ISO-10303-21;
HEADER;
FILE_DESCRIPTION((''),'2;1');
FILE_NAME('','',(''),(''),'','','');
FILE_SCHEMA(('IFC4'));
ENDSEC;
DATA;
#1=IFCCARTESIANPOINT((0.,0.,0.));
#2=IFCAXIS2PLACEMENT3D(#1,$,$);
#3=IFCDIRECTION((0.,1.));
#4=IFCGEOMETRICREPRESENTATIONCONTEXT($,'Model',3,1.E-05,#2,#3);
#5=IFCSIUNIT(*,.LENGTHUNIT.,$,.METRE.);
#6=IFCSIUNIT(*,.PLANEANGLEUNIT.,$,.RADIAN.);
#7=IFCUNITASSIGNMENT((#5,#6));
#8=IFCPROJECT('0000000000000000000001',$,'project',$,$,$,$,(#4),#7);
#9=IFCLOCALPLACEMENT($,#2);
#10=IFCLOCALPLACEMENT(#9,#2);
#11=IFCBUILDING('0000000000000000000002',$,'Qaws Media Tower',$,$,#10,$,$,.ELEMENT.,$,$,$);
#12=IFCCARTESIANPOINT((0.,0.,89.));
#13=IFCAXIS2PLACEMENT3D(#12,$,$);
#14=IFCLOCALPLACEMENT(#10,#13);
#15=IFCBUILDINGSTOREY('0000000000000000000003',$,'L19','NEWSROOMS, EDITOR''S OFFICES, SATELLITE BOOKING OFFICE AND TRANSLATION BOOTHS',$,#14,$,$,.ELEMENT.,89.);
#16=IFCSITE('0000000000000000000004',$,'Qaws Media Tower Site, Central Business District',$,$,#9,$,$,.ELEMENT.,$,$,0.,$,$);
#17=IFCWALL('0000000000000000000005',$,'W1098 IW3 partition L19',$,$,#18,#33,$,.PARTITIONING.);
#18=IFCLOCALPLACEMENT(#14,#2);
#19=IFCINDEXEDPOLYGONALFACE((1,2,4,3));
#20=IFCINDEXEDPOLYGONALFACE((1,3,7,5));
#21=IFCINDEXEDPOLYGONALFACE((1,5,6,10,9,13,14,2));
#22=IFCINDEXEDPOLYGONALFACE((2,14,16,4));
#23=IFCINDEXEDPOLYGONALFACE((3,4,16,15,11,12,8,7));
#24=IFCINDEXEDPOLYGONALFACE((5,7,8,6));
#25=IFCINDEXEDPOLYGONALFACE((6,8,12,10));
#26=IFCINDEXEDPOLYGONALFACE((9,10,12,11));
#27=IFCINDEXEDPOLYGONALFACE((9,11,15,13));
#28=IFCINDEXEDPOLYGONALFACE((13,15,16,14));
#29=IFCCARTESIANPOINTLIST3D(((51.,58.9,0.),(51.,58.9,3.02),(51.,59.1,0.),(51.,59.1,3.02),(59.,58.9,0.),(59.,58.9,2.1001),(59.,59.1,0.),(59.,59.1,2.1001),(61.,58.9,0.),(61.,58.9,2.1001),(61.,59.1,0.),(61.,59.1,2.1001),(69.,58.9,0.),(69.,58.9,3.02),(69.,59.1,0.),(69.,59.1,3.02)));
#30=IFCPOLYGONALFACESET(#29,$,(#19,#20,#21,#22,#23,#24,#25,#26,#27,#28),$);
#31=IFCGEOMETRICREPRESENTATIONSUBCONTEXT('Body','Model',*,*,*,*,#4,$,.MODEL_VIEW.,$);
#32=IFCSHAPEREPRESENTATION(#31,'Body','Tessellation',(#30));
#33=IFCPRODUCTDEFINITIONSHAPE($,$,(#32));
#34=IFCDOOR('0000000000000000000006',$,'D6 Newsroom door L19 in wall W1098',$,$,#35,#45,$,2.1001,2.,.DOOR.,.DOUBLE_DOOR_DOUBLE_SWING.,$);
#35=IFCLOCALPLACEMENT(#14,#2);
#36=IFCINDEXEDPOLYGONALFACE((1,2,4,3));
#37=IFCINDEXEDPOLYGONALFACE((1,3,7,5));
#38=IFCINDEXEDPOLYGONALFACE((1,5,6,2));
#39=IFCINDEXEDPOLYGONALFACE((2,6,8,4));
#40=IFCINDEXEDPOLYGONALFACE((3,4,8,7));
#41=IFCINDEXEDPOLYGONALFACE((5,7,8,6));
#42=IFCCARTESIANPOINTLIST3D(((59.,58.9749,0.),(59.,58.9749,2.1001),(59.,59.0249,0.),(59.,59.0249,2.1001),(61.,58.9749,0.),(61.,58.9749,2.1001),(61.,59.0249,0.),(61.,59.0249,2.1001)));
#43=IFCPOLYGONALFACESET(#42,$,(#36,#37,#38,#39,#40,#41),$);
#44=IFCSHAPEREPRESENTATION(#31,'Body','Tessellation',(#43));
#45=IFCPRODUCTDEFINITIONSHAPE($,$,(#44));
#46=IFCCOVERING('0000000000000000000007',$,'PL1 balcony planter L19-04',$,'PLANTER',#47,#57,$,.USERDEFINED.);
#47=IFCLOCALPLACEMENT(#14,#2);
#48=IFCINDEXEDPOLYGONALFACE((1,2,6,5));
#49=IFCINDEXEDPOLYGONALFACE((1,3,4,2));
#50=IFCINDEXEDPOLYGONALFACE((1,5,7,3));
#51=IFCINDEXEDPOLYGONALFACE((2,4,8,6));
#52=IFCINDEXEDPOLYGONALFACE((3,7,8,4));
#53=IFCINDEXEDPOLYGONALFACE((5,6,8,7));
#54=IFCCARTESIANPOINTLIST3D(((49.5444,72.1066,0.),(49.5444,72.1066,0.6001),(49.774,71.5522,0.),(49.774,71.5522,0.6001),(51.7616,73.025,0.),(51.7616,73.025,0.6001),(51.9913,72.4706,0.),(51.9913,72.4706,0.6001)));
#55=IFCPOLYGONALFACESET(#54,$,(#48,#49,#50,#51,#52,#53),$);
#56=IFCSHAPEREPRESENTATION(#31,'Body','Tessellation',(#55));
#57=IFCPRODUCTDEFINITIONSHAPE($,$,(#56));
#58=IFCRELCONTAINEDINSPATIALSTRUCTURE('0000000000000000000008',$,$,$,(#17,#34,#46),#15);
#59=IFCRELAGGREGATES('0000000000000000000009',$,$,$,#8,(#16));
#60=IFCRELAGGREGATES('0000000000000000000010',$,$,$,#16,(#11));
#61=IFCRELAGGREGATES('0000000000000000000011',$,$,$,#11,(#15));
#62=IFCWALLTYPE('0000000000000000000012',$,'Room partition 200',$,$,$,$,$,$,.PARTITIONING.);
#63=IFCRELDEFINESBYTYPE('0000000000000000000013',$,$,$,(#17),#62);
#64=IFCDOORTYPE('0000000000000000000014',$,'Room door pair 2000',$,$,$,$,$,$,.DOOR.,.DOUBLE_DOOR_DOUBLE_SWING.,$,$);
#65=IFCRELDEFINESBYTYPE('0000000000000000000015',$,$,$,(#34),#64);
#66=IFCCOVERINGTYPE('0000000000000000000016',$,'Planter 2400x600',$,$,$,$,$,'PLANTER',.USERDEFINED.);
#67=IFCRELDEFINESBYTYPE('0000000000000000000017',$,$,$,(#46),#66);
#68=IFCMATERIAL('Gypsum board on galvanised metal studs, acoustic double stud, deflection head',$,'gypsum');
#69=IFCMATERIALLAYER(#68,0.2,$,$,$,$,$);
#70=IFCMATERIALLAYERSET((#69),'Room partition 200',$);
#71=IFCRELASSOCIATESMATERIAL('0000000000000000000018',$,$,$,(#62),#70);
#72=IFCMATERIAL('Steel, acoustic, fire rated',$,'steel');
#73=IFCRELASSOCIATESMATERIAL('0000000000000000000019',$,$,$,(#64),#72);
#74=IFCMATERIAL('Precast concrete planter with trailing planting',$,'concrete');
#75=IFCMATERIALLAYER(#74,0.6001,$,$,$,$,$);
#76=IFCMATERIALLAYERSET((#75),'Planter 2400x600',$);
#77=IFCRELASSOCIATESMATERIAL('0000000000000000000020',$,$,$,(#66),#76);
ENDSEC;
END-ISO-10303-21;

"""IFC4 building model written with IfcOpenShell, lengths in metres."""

from ifc_helpers import new_model, si_unit, direction, frame, frame_2d, origin, origin_2d, place, context, subcontext, project, spatial, rectangle, extrude, material, layer, layer_set, type_object, element, fill, save


model = new_model("IFC4")

# Units and contexts
model_context = context("Model", 3, precision=1e-05, world=origin(), true_north=direction((0.0, 1.0)))
body_context = subcontext(model_context, "Body", "Model", "MODEL_VIEW")
ifc_project = project(units=[si_unit("LENGTHUNIT", "METRE"), si_unit("PLANEANGLEUNIT", "RADIAN")], contexts=[model_context])

# Site, building, storey
site_placement = place(None, origin())
site = spatial("IfcSite", under=ifc_project, at=site_placement, Name="Qaws Media Tower Site, Central Business District", CompositionType="ELEMENT", RefElevation=0.0)
building_placement = place(site_placement, origin())
building = spatial("IfcBuilding", under=site, at=building_placement, Name="Qaws Media Tower", CompositionType="ELEMENT")
storey_placement = place(building_placement, frame((0.0, 0.0, 89.0)))
storey = spatial("IfcBuildingStorey", under=building, at=storey_placement, Name="L19", Description="NEWSROOMS, EDITOR'S OFFICES, SATELLITE BOOKING OFFICE AND TRANSLATION BOOTHS", CompositionType="ELEMENT", Elevation=89.0)

# Shared definitions
ifc_material_1 = material(Name="Gypsum board on galvanised metal studs, acoustic double stud, deflection head", Category="gypsum")
ifc_layer_1 = layer(ifc_material_1, 0.2)
ifc_layer_set_1 = layer_set([ifc_layer_1], Name="Room partition 200")
wall_type = type_object("IfcWallType", Name="Room partition 200", PredefinedType="PARTITIONING", material=ifc_layer_set_1)

# Wall, opening, door
wall_1_placement = place(storey_placement, frame((51.0, 59.0, 0.0), z_axis=(0.0, 0.0, 1.0), x_axis=(1.0, 0.0, 0.0)))
wall_1 = element("IfcWall", 1, at=wall_1_placement, inside=storey, type_object=wall_type, Name="W1098 IW3 partition L19", PredefinedType="PARTITIONING", context=body_context, shape_type="SweptSolid", body=[
    extrude(rectangle(XDim=18.0, YDim=0.2, at=frame_2d((9.0, 0.0))), origin(), (0.0, 0.0, 1.0), 3.02),
])
opening_placement = place(wall_1_placement, frame((8.0, 0.0, 0.0)))
opening = element("IfcOpeningElement", 2, at=opening_placement, cuts=wall_1, PredefinedType="OPENING", context=body_context, shape_type="SweptSolid", body=[
    extrude(rectangle(XDim=2.0, YDim=2.1001, at=frame_2d((1.0, 1.05))), frame((0.0, 0.1099, 0.0), z_axis=(0.0, -1.0, 0.0), x_axis=(1.0, 0.0, 0.0)), (0.0, 0.0, 1.0), 0.22),
])
ifc_material_2 = material(Name="Steel, acoustic, fire rated", Category="steel")
door_type = type_object("IfcDoorType", Name="Room door pair 2000", OperationType="DOUBLE_DOOR_DOUBLE_SWING", PredefinedType="DOOR", material=ifc_material_2)
door_placement = place(opening_placement, origin())
door = element("IfcDoor", 3, at=door_placement, inside=storey, type_object=door_type, Name="D6 Newsroom door L19 in wall W1098", OperationType="DOUBLE_DOOR_DOUBLE_SWING", OverallHeight=2.1001, OverallWidth=2.0, PredefinedType="DOOR", context=body_context, shape_type="SweptSolid", body=[
    extrude(rectangle(XDim=2.0, YDim=2.1001, at=frame_2d((1.0, 1.05))), frame((0.0, 0.0249, 0.0), z_axis=(0.0, -1.0, 0.0), x_axis=(1.0, 0.0, 0.0)), (0.0, 0.0, 1.0), 0.05),
])
fill(opening, door)

# Covering
ifc_material_3 = material(Name="Precast concrete planter with trailing planting", Category="concrete")
ifc_layer_2 = layer(ifc_material_3, 0.6001)
ifc_layer_set_2 = layer_set([ifc_layer_2], Name="Planter 2400x600")
covering_type = type_object("IfcCoveringType", Name="Planter 2400x600", ElementType="PLANTER", PredefinedType="USERDEFINED", material=ifc_layer_set_2)
covering_placement = place(storey_placement, frame((50.7678, 72.2886, 0.0), z_axis=(0.0, 0.0, 1.0), x_axis=(-0.92388, -0.382683, 0.0)))
element("IfcCovering", 4, at=covering_placement, inside=storey, type_object=covering_type, Name="PL1 balcony planter L19-04", ObjectType="PLANTER", PredefinedType="USERDEFINED", context=body_context, shape_type="SweptSolid", body=[
    extrude(rectangle(XDim=2.3999, YDim=0.6001, at=origin_2d()), origin(), (0.0, 0.0, 1.0), 0.6001),
])

save(model, "model.ifc")
